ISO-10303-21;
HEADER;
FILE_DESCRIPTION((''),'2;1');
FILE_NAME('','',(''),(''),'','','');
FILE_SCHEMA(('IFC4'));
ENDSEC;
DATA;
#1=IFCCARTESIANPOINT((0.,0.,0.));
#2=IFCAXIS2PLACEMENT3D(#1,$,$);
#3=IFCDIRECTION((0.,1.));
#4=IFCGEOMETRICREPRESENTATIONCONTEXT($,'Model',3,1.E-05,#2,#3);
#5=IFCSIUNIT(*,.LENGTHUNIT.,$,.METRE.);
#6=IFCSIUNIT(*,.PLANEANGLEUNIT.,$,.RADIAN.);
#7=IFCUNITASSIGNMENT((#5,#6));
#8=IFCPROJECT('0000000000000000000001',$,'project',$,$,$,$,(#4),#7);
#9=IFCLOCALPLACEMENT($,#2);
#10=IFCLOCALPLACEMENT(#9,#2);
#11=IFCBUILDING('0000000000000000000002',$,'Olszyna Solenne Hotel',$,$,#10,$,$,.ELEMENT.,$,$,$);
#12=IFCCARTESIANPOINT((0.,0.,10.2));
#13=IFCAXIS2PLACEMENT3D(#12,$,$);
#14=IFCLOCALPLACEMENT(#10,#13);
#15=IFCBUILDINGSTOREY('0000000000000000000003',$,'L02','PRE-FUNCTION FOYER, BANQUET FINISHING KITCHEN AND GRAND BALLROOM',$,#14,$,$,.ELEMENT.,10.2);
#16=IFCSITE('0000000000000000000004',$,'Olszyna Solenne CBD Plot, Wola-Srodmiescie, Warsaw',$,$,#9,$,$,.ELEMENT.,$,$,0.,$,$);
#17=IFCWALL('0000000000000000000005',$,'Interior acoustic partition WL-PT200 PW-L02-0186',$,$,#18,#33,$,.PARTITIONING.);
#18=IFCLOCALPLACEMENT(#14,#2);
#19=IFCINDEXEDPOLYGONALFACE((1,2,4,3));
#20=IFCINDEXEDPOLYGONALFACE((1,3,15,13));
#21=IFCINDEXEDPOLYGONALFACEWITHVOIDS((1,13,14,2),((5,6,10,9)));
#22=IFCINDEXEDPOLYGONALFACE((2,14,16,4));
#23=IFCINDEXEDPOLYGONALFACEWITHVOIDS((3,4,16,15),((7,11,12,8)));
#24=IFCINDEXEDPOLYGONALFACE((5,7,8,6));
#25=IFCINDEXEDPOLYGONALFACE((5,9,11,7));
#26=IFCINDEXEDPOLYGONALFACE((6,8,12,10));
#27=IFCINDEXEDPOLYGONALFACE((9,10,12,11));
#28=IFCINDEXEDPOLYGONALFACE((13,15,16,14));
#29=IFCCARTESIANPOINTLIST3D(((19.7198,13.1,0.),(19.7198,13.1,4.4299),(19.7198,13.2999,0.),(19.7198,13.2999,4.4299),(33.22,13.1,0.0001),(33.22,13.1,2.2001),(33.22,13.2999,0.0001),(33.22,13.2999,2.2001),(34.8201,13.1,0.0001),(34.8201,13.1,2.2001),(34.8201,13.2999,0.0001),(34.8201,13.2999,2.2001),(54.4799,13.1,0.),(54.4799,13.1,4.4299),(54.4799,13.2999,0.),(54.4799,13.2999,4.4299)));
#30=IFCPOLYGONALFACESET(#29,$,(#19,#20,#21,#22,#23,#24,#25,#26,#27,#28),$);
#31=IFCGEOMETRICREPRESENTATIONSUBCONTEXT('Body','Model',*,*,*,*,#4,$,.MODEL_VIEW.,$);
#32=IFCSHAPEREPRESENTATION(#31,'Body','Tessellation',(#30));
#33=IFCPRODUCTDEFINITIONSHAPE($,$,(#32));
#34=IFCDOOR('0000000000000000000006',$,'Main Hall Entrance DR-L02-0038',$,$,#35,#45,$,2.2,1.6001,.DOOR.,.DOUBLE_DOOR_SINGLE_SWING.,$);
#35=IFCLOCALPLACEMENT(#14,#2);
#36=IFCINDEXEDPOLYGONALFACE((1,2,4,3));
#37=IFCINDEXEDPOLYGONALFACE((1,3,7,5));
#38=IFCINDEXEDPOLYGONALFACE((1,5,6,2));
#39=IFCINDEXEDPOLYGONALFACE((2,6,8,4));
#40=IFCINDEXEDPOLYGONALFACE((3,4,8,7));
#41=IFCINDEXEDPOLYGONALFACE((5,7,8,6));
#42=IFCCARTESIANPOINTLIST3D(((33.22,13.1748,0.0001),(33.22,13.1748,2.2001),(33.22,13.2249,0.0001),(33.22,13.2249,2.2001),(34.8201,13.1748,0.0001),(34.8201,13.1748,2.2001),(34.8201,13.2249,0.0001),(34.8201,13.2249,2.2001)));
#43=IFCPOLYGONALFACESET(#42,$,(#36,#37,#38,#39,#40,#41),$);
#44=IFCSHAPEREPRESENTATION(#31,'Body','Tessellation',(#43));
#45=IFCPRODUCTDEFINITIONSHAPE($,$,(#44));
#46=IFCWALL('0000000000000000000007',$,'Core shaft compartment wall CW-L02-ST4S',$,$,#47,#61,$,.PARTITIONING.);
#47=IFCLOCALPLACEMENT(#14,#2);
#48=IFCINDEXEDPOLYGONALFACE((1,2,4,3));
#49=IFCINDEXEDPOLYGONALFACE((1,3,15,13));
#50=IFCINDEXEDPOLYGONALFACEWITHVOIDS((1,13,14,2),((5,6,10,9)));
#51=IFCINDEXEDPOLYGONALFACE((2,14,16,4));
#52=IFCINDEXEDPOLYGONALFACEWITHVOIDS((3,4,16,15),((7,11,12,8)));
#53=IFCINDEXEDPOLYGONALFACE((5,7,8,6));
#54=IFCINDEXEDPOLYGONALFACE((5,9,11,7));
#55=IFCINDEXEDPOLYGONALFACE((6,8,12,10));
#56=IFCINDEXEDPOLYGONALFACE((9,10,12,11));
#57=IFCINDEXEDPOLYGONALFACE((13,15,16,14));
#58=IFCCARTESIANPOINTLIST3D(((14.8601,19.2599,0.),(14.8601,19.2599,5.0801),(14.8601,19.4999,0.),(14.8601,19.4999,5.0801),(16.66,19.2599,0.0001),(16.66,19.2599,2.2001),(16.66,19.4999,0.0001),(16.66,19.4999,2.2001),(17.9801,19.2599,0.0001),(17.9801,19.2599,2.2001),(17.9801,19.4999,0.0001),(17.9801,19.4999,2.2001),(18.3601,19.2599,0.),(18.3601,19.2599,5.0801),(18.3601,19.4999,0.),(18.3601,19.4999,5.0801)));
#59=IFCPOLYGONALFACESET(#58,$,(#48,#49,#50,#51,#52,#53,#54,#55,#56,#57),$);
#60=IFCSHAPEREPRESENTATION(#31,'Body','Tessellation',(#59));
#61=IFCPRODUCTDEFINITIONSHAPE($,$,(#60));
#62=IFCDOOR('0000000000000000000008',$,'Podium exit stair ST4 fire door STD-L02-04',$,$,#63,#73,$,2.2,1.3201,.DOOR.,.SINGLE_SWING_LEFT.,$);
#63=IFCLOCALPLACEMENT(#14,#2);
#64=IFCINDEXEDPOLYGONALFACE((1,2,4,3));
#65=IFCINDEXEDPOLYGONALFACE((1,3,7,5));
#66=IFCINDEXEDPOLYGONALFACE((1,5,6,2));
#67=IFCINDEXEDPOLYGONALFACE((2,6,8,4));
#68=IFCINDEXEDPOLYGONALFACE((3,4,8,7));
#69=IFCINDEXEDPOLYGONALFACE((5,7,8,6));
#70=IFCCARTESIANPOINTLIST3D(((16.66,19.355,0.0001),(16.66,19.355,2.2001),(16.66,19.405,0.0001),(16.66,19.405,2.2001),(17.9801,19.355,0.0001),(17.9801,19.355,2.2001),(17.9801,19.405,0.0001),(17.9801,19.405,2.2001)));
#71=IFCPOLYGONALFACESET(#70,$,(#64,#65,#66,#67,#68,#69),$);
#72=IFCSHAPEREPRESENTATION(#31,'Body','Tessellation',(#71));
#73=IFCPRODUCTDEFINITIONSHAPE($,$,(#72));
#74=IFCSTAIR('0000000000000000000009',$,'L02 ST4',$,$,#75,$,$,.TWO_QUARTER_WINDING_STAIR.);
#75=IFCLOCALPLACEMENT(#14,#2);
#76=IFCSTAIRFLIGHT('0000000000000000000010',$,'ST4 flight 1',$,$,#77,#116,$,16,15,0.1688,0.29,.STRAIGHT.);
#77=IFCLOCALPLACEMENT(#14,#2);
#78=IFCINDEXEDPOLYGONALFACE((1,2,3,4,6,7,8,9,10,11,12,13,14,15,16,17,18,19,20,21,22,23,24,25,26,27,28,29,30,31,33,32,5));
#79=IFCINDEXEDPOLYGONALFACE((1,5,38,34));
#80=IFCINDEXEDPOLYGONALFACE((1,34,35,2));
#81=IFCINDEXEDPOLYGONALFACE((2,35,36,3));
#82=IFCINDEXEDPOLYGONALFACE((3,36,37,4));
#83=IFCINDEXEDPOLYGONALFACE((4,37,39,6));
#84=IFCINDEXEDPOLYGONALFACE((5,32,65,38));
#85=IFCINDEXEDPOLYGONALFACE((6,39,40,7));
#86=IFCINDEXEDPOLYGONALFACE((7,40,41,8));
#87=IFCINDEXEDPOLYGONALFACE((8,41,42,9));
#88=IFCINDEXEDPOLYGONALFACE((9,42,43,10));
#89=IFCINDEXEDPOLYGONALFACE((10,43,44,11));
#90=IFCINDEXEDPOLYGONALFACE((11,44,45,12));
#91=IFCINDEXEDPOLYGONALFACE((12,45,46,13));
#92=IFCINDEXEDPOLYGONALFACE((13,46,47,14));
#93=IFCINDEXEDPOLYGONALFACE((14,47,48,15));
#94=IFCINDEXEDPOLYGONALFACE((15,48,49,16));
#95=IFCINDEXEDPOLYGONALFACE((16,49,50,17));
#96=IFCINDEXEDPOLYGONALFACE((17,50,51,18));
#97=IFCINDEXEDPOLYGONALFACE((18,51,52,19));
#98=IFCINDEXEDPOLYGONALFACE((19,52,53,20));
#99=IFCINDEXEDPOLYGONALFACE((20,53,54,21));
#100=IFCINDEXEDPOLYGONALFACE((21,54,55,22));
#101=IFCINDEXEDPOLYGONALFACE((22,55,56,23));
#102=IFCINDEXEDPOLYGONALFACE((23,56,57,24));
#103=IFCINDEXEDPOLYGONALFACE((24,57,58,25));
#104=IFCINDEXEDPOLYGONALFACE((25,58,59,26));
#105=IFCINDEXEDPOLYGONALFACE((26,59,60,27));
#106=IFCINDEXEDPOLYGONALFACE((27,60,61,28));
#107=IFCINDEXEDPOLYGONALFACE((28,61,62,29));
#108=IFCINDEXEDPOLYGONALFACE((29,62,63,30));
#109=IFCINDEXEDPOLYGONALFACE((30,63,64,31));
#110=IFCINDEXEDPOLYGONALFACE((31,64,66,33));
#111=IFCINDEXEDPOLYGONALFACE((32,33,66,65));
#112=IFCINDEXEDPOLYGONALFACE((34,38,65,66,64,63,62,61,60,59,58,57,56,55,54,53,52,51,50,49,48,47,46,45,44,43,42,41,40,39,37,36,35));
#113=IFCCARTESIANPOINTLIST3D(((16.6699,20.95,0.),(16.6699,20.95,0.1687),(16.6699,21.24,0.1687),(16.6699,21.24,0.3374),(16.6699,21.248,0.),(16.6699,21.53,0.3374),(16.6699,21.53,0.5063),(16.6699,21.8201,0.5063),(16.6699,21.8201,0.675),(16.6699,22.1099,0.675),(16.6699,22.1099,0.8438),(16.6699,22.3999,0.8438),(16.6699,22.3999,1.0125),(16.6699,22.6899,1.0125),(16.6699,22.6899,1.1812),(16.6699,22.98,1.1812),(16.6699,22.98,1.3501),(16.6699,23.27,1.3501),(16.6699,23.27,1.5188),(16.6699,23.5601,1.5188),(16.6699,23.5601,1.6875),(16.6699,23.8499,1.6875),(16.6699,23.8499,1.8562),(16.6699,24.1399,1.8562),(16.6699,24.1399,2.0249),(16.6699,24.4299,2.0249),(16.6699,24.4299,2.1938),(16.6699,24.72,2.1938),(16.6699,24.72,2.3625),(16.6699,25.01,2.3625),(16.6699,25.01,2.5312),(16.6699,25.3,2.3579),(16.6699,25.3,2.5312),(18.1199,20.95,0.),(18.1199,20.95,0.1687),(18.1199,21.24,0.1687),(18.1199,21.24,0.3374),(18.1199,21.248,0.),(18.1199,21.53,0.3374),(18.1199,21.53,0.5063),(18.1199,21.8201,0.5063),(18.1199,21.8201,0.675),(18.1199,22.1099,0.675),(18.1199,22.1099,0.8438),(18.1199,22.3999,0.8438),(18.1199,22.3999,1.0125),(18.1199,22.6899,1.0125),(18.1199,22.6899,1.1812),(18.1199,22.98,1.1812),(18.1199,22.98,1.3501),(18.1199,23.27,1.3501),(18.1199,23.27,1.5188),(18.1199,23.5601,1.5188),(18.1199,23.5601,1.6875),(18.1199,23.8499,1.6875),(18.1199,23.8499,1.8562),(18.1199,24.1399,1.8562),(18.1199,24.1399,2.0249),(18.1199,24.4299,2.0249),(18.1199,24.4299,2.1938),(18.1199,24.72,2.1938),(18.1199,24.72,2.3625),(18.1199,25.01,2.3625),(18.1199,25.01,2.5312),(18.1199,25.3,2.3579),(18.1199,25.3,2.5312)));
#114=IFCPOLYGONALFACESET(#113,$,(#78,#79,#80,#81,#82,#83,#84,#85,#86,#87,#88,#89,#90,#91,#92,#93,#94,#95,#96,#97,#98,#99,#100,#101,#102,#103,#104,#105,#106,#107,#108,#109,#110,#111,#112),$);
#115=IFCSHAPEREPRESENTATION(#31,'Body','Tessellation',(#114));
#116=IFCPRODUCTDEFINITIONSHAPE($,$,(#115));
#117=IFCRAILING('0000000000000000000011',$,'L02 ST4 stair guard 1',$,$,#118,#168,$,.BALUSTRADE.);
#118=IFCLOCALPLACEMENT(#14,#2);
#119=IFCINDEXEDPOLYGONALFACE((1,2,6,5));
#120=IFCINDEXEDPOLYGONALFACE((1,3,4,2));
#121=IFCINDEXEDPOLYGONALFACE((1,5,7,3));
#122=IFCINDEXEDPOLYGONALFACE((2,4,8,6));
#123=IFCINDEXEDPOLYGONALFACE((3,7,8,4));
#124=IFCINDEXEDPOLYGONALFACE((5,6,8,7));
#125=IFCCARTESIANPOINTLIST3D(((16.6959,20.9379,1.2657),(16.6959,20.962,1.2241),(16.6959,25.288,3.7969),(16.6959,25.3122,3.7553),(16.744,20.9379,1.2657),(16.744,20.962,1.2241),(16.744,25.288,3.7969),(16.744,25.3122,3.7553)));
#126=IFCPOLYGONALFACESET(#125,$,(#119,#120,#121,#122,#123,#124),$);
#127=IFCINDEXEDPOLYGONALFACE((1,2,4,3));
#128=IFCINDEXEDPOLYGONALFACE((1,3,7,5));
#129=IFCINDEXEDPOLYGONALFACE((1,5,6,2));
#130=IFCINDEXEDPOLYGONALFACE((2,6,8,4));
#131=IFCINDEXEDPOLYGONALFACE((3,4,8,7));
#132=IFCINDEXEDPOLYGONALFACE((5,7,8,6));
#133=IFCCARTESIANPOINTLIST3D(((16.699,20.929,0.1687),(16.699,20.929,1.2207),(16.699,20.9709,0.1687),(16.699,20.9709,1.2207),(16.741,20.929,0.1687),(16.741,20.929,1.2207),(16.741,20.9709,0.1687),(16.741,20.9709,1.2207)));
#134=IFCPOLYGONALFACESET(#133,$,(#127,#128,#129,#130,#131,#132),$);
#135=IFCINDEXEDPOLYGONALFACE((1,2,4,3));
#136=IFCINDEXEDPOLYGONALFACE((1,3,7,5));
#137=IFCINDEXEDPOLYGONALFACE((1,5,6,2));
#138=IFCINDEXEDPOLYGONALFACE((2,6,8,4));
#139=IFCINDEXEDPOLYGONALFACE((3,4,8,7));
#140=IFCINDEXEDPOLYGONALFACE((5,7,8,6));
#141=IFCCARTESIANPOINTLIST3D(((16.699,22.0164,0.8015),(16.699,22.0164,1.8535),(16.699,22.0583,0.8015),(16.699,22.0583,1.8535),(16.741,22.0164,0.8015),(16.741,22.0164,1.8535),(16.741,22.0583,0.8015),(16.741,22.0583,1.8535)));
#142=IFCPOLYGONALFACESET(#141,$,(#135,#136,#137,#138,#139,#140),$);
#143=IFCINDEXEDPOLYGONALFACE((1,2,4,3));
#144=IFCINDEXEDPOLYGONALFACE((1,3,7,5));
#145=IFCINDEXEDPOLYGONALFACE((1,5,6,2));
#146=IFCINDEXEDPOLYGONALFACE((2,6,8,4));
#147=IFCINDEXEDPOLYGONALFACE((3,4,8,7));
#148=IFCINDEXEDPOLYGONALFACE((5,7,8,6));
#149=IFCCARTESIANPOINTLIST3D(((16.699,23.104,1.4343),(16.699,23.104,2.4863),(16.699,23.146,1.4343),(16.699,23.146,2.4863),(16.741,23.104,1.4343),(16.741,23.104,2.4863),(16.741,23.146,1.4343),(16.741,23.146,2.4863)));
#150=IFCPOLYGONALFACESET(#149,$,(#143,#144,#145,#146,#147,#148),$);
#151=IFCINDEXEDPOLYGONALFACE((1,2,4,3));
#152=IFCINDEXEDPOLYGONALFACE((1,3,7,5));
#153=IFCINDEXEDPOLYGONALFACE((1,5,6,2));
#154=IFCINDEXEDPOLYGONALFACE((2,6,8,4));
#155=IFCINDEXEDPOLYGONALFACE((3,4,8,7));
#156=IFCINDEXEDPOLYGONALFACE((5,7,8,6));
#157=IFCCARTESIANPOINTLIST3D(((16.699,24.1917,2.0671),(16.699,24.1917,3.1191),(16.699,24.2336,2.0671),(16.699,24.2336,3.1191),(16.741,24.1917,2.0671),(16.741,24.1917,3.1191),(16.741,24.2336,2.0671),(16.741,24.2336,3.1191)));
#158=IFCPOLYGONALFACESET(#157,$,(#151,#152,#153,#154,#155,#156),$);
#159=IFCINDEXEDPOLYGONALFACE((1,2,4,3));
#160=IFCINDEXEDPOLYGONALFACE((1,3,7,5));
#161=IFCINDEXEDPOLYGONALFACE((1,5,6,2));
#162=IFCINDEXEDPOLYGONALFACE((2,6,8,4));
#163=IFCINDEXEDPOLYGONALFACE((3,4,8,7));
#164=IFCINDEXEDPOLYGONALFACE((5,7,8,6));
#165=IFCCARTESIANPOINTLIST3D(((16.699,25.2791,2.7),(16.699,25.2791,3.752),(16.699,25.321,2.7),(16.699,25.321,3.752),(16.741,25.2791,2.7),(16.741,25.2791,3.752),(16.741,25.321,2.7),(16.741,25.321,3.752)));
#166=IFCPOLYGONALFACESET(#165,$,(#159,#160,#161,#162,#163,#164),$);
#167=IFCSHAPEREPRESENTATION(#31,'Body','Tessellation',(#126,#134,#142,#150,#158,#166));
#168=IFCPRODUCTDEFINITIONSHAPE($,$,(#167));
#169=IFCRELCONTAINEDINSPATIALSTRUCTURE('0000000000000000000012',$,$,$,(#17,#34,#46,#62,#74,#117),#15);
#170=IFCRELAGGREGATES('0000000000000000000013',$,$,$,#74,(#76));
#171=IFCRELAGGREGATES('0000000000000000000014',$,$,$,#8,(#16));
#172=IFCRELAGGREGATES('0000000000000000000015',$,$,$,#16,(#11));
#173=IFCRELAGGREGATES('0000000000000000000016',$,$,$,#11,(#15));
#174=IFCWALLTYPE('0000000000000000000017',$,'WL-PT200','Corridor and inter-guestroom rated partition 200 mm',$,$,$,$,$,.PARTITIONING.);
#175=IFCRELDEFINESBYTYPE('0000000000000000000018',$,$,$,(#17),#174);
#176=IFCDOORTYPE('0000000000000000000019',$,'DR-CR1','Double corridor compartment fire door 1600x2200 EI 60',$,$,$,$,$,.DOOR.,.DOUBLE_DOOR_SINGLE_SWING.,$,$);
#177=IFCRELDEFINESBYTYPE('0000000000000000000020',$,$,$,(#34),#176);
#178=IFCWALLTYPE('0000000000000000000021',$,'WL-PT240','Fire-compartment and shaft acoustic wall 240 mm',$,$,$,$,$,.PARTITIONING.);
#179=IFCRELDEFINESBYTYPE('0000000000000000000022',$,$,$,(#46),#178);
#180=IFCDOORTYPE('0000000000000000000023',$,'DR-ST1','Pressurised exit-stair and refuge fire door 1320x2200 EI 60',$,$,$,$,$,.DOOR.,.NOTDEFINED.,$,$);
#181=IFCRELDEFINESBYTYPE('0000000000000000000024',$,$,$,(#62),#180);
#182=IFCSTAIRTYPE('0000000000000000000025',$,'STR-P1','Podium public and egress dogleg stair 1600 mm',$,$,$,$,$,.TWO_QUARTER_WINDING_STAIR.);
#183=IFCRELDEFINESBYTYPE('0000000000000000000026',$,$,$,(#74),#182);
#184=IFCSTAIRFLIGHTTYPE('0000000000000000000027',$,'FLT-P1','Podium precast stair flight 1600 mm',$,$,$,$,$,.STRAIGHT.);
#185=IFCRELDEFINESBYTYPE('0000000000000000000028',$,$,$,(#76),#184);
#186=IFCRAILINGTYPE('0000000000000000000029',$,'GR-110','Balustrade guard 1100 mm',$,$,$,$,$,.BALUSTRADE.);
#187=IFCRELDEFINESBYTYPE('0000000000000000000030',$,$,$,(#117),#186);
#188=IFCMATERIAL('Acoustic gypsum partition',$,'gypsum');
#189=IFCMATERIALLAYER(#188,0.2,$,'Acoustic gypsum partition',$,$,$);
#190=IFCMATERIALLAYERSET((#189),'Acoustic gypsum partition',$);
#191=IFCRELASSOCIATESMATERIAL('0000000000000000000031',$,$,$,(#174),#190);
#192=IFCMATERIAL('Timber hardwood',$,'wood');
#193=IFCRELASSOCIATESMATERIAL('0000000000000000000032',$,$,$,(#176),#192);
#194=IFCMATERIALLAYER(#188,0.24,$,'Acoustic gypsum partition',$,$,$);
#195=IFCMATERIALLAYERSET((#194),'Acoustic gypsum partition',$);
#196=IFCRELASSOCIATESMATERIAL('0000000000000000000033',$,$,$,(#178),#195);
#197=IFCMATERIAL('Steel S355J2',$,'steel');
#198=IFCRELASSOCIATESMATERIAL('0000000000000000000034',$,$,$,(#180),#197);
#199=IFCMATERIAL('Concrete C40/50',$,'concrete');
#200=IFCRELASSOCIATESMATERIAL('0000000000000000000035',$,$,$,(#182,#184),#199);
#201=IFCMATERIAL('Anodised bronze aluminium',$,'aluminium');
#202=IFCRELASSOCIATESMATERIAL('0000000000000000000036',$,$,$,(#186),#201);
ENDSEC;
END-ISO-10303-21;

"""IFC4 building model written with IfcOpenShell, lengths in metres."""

from ifc_helpers import new_model, si_unit, direction, frame, frame_2d, origin, origin_2d, place, context, subcontext, project, spatial, polyline, rectangle, outline, extrude, source, transform, mapped, material, layer, layer_set, type_object, type_shapes, element, fill, aggregate, save


model = new_model("IFC4")

# Units and contexts
model_context = context("Model", 3, precision=1e-05, world=origin(), true_north=direction((0.0, 1.0)))
body_context = subcontext(model_context, "Body", "Model", "MODEL_VIEW")
ifc_project = project(units=[si_unit("LENGTHUNIT", "METRE"), si_unit("PLANEANGLEUNIT", "RADIAN")], contexts=[model_context])

# Site, building, storey
site_placement = place(None, origin())
site = spatial("IfcSite", under=ifc_project, at=site_placement, Name="Olszyna Solenne CBD Plot, Wola-Srodmiescie, Warsaw", CompositionType="ELEMENT", RefElevation=0.0)
building_placement = place(site_placement, origin())
building = spatial("IfcBuilding", under=site, at=building_placement, Name="Olszyna Solenne Hotel", CompositionType="ELEMENT")
storey_placement = place(building_placement, frame((0.0, 0.0, 10.2)))
storey = spatial("IfcBuildingStorey", under=building, at=storey_placement, Name="L02", Description="PRE-FUNCTION FOYER, BANQUET FINISHING KITCHEN AND GRAND BALLROOM", CompositionType="ELEMENT", Elevation=10.2)

# Shared definitions
ifc_material_1 = material(Name="Steel S355J2", Category="steel")

# Shared definitions
ifc_material_2 = material(Name="Acoustic gypsum partition", Category="gypsum")
ifc_layer_1 = layer(ifc_material_2, 0.2, Name="Acoustic gypsum partition")
ifc_layer_set_1 = layer_set([ifc_layer_1], Name="Acoustic gypsum partition")
wall_type_1 = type_object("IfcWallType", Name="WL-PT200", Description="Corridor and inter-guestroom rated partition 200 mm", PredefinedType="PARTITIONING", material=ifc_layer_set_1)
ifc_material_3 = material(Name="Timber hardwood", Category="wood")
door_type_1 = type_object("IfcDoorType", Name="DR-CR1", Description="Double corridor compartment fire door 1600x2200 EI 60", OperationType="DOUBLE_DOOR_SINGLE_SWING", PredefinedType="DOOR", material=ifc_material_3)
shared_shape_1 = source(origin(), body_context, "Body", "SweptSolid", [
    extrude(rectangle(XDim=1.6001, YDim=2.2, at=frame_2d((0.8, 1.1001))), frame((0.0, 0.0249, 0.0), z_axis=(0.0, -1.0, 0.0), x_axis=(1.0, 0.0, 0.0)), (0.0, 0.0, 1.0), 0.05),
])
type_shapes(door_type_1, [shared_shape_1])

# Walls, openings, doors
wall_1_placement = place(storey_placement, frame((19.72, 13.2, 0.0), z_axis=(0.0, 0.0, 1.0), x_axis=(1.0, 0.0, 0.0)))
wall_1 = element("IfcWall", 1, at=wall_1_placement, inside=storey, type_object=wall_type_1, Name="Interior acoustic partition WL-PT200 PW-L02-0186", PredefinedType="PARTITIONING", context=body_context, shape_type="SweptSolid", body=[
    extrude(rectangle(XDim=34.76, YDim=0.2, at=frame_2d((17.3799, 0.0))), origin(), (0.0, 0.0, 1.0), 4.4299),
])
opening_1_placement = place(wall_1_placement, frame((13.5, 0.0, 0.0)))
opening_1 = element("IfcOpeningElement", 2, at=opening_1_placement, cuts=wall_1, PredefinedType="OPENING", context=body_context, shape_type="SweptSolid", body=[
    extrude(rectangle(XDim=1.6001, YDim=2.2, at=frame_2d((0.8, 1.1001))), frame((0.0, 0.1099, 0.0), z_axis=(0.0, -1.0, 0.0), x_axis=(1.0, 0.0, 0.0)), (0.0, 0.0, 1.0), 0.22),
])
door_1_placement = place(opening_1_placement, origin())
door_1 = element("IfcDoor", 3, at=door_1_placement, inside=storey, type_object=door_type_1, Name="Main Hall Entrance DR-L02-0038", OperationType="DOUBLE_DOOR_SINGLE_SWING", OverallHeight=2.2, OverallWidth=1.6001, PredefinedType="DOOR", context=body_context, shape_type="MappedRepresentation", body=[
    mapped(shared_shape_1, transform((0.0, 0.0, 0.0), x_axis=(1.0, 0.0, 0.0), y_axis=(0.0, 1.0, 0.0), z_axis=(0.0, 0.0, 1.0), scale=1.0)),
])
fill(opening_1, door_1)
ifc_layer_2 = layer(ifc_material_2, 0.24, Name="Acoustic gypsum partition")
ifc_layer_set_2 = layer_set([ifc_layer_2], Name="Acoustic gypsum partition")
wall_type_2 = type_object("IfcWallType", Name="WL-PT240", Description="Fire-compartment and shaft acoustic wall 240 mm", PredefinedType="PARTITIONING", material=ifc_layer_set_2)
wall_2_placement = place(storey_placement, frame((18.3601, 19.3799, 0.0), z_axis=(0.0, 0.0, 1.0), x_axis=(-1.0, 0.0, 0.0)))
wall_2 = element("IfcWall", 4, at=wall_2_placement, inside=storey, type_object=wall_type_2, Name="Core shaft compartment wall CW-L02-ST4S", PredefinedType="PARTITIONING", context=body_context, shape_type="SweptSolid", body=[
    extrude(rectangle(XDim=3.5, YDim=0.24, at=frame_2d((1.75, 0.0))), origin(), (0.0, 0.0, 1.0), 5.0801),
])
opening_2_placement = place(wall_2_placement, frame((0.3799, 0.0, 0.0)))
opening_2 = element("IfcOpeningElement", 5, at=opening_2_placement, cuts=wall_2, PredefinedType="OPENING", context=body_context, shape_type="SweptSolid", body=[
    extrude(rectangle(XDim=1.3201, YDim=2.2, at=frame_2d((0.6602, 1.1001))), frame((0.0, 0.1299, 0.0), z_axis=(0.0, -1.0, 0.0), x_axis=(1.0, 0.0, 0.0)), (0.0, 0.0, 1.0), 0.26),
])
door_type_2 = type_object("IfcDoorType", Name="DR-ST1", Description="Pressurised exit-stair and refuge fire door 1320x2200 EI 60", OperationType="NOTDEFINED", PredefinedType="DOOR", material=ifc_material_1)
shared_shape_2 = source(origin(), body_context, "Body", "SweptSolid", [
    extrude(rectangle(XDim=1.3201, YDim=2.2, at=frame_2d((0.6602, 1.1001))), frame((0.0, 0.0249, 0.0), z_axis=(0.0, -1.0, 0.0), x_axis=(1.0, 0.0, 0.0)), (0.0, 0.0, 1.0), 0.05),
])
type_shapes(door_type_2, [shared_shape_2])
door_2_placement = place(opening_2_placement, origin())
door_2 = element("IfcDoor", 6, at=door_2_placement, inside=storey, type_object=door_type_2, Name="Podium exit stair ST4 fire door STD-L02-04", OperationType="SINGLE_SWING_LEFT", OverallHeight=2.2, OverallWidth=1.3201, PredefinedType="DOOR", context=body_context, shape_type="MappedRepresentation", body=[
    mapped(shared_shape_2, transform((0.0, 0.0, 0.0), x_axis=(1.0, 0.0, 0.0), y_axis=(0.0, 1.0, 0.0), z_axis=(0.0, 0.0, 1.0), scale=1.0)),
])
fill(opening_2, door_2)

# Stair, stair flight
ifc_material_4 = material(Name="Concrete C40/50", Category="concrete")
stair_type = type_object("IfcStairType", Name="STR-P1", Description="Podium public and egress dogleg stair 1600 mm", PredefinedType="TWO_QUARTER_WINDING_STAIR", material=ifc_material_4)
stair_placement = place(storey_placement, origin())
stair = element("IfcStair", 7, at=stair_placement, inside=storey, type_object=stair_type, Name="L02 ST4", PredefinedType="TWO_QUARTER_WINDING_STAIR")
stair_flight_type = type_object("IfcStairFlightType", Name="FLT-P1", Description="Podium precast stair flight 1600 mm", PredefinedType="STRAIGHT", material=ifc_material_4)
stair_flight_placement = place(storey_placement, frame((17.395, 20.95, 0.0), z_axis=(0.0, 0.0, 1.0), x_axis=(0.0, 1.0, 0.0)))
stair_flight = element("IfcStairFlight", 8, at=stair_flight_placement, type_object=stair_flight_type, Name="ST4 flight 1", NumberOfRisers=16, NumberOfTreads=15, PredefinedType="STRAIGHT", RiserHeight=0.1688, TreadLength=0.29, context=body_context, shape_type="SweptSolid", body=[
    extrude(outline(polyline([(0.0, 0.0), (0.0, 0.1687), (0.29, 0.1687), (0.29, 0.3374), (0.5801, 0.3374), (0.5801, 0.5063), (0.8701, 0.5063), (0.8701, 0.675), (1.1599, 0.675), (1.1599, 0.8438), (1.45, 0.8438), (1.45, 1.0125), (1.74, 1.0125), (1.74, 1.1812), (2.03, 1.1812), (2.03, 1.3501), (2.3201, 1.3501), (2.3201, 1.5188), (2.6101, 1.5188), (2.6101, 1.6875), (2.8999, 1.6875), (2.8999, 1.8562), (3.1899, 1.8562), (3.1899, 2.0249), (3.48, 2.0249), (3.48, 2.1938), (3.77, 2.1938), (3.77, 2.3625), (4.0601, 2.3625), (4.0601, 2.5312), (4.3501, 2.5312), (4.3501, 2.7), (4.3501, 2.3579), (0.2981, 0.0), (0.0, 0.0)])), frame((0.0, 0.7251, 0.0), z_axis=(0.0, -1.0, 0.0), x_axis=(1.0, 0.0, 0.0)), (0.0, 0.0, 1.0), 1.45),
])
aggregate(stair, [stair_flight])

# Railing
ifc_material_5 = material(Name="Anodised bronze aluminium", Category="aluminium")
railing_type_1 = type_object("IfcRailingType", Name="GR-110", Description="Balustrade guard 1100 mm", PredefinedType="BALUSTRADE", material=ifc_material_5)
railing_1_placement = place(storey_placement, frame((16.72, 20.95, 0.1687)))
element("IfcRailing", 9, at=railing_1_placement, inside=storey, type_object=railing_type_1, Name="L02 ST4 stair guard 1", PredefinedType="BALUSTRADE", context=body_context, shape_type="SweptSolid", body=[
    extrude(rectangle(XDim=0.0481, YDim=0.0481, at=origin_2d()), frame((0.0, 0.0, 1.0762), z_axis=(0.0, 0.864324, 0.502936), x_axis=(-1.0, 0.0, 0.0)), (0.0, 0.0, 1.0), 5.033),
    extrude(rectangle(XDim=0.042, YDim=0.042, at=origin_2d()), origin(), (0.0, 0.0, 1.0), 1.052),
    extrude(rectangle(XDim=0.042, YDim=0.042, at=origin_2d()), frame((0.0, 1.0874, 0.6328)), (0.0, 0.0, 1.0), 1.052),
    extrude(rectangle(XDim=0.042, YDim=0.042, at=origin_2d()), frame((0.0, 2.175, 1.2656)), (0.0, 0.0, 1.0), 1.052),
    extrude(rectangle(XDim=0.042, YDim=0.042, at=origin_2d()), frame((0.0, 3.2627, 1.8984)), (0.0, 0.0, 1.0), 1.052),
    extrude(rectangle(XDim=0.042, YDim=0.042, at=origin_2d()), frame((0.0, 4.3501, 2.5312)), (0.0, 0.0, 1.0), 1.052),
])

save(model, "model.ifc")
